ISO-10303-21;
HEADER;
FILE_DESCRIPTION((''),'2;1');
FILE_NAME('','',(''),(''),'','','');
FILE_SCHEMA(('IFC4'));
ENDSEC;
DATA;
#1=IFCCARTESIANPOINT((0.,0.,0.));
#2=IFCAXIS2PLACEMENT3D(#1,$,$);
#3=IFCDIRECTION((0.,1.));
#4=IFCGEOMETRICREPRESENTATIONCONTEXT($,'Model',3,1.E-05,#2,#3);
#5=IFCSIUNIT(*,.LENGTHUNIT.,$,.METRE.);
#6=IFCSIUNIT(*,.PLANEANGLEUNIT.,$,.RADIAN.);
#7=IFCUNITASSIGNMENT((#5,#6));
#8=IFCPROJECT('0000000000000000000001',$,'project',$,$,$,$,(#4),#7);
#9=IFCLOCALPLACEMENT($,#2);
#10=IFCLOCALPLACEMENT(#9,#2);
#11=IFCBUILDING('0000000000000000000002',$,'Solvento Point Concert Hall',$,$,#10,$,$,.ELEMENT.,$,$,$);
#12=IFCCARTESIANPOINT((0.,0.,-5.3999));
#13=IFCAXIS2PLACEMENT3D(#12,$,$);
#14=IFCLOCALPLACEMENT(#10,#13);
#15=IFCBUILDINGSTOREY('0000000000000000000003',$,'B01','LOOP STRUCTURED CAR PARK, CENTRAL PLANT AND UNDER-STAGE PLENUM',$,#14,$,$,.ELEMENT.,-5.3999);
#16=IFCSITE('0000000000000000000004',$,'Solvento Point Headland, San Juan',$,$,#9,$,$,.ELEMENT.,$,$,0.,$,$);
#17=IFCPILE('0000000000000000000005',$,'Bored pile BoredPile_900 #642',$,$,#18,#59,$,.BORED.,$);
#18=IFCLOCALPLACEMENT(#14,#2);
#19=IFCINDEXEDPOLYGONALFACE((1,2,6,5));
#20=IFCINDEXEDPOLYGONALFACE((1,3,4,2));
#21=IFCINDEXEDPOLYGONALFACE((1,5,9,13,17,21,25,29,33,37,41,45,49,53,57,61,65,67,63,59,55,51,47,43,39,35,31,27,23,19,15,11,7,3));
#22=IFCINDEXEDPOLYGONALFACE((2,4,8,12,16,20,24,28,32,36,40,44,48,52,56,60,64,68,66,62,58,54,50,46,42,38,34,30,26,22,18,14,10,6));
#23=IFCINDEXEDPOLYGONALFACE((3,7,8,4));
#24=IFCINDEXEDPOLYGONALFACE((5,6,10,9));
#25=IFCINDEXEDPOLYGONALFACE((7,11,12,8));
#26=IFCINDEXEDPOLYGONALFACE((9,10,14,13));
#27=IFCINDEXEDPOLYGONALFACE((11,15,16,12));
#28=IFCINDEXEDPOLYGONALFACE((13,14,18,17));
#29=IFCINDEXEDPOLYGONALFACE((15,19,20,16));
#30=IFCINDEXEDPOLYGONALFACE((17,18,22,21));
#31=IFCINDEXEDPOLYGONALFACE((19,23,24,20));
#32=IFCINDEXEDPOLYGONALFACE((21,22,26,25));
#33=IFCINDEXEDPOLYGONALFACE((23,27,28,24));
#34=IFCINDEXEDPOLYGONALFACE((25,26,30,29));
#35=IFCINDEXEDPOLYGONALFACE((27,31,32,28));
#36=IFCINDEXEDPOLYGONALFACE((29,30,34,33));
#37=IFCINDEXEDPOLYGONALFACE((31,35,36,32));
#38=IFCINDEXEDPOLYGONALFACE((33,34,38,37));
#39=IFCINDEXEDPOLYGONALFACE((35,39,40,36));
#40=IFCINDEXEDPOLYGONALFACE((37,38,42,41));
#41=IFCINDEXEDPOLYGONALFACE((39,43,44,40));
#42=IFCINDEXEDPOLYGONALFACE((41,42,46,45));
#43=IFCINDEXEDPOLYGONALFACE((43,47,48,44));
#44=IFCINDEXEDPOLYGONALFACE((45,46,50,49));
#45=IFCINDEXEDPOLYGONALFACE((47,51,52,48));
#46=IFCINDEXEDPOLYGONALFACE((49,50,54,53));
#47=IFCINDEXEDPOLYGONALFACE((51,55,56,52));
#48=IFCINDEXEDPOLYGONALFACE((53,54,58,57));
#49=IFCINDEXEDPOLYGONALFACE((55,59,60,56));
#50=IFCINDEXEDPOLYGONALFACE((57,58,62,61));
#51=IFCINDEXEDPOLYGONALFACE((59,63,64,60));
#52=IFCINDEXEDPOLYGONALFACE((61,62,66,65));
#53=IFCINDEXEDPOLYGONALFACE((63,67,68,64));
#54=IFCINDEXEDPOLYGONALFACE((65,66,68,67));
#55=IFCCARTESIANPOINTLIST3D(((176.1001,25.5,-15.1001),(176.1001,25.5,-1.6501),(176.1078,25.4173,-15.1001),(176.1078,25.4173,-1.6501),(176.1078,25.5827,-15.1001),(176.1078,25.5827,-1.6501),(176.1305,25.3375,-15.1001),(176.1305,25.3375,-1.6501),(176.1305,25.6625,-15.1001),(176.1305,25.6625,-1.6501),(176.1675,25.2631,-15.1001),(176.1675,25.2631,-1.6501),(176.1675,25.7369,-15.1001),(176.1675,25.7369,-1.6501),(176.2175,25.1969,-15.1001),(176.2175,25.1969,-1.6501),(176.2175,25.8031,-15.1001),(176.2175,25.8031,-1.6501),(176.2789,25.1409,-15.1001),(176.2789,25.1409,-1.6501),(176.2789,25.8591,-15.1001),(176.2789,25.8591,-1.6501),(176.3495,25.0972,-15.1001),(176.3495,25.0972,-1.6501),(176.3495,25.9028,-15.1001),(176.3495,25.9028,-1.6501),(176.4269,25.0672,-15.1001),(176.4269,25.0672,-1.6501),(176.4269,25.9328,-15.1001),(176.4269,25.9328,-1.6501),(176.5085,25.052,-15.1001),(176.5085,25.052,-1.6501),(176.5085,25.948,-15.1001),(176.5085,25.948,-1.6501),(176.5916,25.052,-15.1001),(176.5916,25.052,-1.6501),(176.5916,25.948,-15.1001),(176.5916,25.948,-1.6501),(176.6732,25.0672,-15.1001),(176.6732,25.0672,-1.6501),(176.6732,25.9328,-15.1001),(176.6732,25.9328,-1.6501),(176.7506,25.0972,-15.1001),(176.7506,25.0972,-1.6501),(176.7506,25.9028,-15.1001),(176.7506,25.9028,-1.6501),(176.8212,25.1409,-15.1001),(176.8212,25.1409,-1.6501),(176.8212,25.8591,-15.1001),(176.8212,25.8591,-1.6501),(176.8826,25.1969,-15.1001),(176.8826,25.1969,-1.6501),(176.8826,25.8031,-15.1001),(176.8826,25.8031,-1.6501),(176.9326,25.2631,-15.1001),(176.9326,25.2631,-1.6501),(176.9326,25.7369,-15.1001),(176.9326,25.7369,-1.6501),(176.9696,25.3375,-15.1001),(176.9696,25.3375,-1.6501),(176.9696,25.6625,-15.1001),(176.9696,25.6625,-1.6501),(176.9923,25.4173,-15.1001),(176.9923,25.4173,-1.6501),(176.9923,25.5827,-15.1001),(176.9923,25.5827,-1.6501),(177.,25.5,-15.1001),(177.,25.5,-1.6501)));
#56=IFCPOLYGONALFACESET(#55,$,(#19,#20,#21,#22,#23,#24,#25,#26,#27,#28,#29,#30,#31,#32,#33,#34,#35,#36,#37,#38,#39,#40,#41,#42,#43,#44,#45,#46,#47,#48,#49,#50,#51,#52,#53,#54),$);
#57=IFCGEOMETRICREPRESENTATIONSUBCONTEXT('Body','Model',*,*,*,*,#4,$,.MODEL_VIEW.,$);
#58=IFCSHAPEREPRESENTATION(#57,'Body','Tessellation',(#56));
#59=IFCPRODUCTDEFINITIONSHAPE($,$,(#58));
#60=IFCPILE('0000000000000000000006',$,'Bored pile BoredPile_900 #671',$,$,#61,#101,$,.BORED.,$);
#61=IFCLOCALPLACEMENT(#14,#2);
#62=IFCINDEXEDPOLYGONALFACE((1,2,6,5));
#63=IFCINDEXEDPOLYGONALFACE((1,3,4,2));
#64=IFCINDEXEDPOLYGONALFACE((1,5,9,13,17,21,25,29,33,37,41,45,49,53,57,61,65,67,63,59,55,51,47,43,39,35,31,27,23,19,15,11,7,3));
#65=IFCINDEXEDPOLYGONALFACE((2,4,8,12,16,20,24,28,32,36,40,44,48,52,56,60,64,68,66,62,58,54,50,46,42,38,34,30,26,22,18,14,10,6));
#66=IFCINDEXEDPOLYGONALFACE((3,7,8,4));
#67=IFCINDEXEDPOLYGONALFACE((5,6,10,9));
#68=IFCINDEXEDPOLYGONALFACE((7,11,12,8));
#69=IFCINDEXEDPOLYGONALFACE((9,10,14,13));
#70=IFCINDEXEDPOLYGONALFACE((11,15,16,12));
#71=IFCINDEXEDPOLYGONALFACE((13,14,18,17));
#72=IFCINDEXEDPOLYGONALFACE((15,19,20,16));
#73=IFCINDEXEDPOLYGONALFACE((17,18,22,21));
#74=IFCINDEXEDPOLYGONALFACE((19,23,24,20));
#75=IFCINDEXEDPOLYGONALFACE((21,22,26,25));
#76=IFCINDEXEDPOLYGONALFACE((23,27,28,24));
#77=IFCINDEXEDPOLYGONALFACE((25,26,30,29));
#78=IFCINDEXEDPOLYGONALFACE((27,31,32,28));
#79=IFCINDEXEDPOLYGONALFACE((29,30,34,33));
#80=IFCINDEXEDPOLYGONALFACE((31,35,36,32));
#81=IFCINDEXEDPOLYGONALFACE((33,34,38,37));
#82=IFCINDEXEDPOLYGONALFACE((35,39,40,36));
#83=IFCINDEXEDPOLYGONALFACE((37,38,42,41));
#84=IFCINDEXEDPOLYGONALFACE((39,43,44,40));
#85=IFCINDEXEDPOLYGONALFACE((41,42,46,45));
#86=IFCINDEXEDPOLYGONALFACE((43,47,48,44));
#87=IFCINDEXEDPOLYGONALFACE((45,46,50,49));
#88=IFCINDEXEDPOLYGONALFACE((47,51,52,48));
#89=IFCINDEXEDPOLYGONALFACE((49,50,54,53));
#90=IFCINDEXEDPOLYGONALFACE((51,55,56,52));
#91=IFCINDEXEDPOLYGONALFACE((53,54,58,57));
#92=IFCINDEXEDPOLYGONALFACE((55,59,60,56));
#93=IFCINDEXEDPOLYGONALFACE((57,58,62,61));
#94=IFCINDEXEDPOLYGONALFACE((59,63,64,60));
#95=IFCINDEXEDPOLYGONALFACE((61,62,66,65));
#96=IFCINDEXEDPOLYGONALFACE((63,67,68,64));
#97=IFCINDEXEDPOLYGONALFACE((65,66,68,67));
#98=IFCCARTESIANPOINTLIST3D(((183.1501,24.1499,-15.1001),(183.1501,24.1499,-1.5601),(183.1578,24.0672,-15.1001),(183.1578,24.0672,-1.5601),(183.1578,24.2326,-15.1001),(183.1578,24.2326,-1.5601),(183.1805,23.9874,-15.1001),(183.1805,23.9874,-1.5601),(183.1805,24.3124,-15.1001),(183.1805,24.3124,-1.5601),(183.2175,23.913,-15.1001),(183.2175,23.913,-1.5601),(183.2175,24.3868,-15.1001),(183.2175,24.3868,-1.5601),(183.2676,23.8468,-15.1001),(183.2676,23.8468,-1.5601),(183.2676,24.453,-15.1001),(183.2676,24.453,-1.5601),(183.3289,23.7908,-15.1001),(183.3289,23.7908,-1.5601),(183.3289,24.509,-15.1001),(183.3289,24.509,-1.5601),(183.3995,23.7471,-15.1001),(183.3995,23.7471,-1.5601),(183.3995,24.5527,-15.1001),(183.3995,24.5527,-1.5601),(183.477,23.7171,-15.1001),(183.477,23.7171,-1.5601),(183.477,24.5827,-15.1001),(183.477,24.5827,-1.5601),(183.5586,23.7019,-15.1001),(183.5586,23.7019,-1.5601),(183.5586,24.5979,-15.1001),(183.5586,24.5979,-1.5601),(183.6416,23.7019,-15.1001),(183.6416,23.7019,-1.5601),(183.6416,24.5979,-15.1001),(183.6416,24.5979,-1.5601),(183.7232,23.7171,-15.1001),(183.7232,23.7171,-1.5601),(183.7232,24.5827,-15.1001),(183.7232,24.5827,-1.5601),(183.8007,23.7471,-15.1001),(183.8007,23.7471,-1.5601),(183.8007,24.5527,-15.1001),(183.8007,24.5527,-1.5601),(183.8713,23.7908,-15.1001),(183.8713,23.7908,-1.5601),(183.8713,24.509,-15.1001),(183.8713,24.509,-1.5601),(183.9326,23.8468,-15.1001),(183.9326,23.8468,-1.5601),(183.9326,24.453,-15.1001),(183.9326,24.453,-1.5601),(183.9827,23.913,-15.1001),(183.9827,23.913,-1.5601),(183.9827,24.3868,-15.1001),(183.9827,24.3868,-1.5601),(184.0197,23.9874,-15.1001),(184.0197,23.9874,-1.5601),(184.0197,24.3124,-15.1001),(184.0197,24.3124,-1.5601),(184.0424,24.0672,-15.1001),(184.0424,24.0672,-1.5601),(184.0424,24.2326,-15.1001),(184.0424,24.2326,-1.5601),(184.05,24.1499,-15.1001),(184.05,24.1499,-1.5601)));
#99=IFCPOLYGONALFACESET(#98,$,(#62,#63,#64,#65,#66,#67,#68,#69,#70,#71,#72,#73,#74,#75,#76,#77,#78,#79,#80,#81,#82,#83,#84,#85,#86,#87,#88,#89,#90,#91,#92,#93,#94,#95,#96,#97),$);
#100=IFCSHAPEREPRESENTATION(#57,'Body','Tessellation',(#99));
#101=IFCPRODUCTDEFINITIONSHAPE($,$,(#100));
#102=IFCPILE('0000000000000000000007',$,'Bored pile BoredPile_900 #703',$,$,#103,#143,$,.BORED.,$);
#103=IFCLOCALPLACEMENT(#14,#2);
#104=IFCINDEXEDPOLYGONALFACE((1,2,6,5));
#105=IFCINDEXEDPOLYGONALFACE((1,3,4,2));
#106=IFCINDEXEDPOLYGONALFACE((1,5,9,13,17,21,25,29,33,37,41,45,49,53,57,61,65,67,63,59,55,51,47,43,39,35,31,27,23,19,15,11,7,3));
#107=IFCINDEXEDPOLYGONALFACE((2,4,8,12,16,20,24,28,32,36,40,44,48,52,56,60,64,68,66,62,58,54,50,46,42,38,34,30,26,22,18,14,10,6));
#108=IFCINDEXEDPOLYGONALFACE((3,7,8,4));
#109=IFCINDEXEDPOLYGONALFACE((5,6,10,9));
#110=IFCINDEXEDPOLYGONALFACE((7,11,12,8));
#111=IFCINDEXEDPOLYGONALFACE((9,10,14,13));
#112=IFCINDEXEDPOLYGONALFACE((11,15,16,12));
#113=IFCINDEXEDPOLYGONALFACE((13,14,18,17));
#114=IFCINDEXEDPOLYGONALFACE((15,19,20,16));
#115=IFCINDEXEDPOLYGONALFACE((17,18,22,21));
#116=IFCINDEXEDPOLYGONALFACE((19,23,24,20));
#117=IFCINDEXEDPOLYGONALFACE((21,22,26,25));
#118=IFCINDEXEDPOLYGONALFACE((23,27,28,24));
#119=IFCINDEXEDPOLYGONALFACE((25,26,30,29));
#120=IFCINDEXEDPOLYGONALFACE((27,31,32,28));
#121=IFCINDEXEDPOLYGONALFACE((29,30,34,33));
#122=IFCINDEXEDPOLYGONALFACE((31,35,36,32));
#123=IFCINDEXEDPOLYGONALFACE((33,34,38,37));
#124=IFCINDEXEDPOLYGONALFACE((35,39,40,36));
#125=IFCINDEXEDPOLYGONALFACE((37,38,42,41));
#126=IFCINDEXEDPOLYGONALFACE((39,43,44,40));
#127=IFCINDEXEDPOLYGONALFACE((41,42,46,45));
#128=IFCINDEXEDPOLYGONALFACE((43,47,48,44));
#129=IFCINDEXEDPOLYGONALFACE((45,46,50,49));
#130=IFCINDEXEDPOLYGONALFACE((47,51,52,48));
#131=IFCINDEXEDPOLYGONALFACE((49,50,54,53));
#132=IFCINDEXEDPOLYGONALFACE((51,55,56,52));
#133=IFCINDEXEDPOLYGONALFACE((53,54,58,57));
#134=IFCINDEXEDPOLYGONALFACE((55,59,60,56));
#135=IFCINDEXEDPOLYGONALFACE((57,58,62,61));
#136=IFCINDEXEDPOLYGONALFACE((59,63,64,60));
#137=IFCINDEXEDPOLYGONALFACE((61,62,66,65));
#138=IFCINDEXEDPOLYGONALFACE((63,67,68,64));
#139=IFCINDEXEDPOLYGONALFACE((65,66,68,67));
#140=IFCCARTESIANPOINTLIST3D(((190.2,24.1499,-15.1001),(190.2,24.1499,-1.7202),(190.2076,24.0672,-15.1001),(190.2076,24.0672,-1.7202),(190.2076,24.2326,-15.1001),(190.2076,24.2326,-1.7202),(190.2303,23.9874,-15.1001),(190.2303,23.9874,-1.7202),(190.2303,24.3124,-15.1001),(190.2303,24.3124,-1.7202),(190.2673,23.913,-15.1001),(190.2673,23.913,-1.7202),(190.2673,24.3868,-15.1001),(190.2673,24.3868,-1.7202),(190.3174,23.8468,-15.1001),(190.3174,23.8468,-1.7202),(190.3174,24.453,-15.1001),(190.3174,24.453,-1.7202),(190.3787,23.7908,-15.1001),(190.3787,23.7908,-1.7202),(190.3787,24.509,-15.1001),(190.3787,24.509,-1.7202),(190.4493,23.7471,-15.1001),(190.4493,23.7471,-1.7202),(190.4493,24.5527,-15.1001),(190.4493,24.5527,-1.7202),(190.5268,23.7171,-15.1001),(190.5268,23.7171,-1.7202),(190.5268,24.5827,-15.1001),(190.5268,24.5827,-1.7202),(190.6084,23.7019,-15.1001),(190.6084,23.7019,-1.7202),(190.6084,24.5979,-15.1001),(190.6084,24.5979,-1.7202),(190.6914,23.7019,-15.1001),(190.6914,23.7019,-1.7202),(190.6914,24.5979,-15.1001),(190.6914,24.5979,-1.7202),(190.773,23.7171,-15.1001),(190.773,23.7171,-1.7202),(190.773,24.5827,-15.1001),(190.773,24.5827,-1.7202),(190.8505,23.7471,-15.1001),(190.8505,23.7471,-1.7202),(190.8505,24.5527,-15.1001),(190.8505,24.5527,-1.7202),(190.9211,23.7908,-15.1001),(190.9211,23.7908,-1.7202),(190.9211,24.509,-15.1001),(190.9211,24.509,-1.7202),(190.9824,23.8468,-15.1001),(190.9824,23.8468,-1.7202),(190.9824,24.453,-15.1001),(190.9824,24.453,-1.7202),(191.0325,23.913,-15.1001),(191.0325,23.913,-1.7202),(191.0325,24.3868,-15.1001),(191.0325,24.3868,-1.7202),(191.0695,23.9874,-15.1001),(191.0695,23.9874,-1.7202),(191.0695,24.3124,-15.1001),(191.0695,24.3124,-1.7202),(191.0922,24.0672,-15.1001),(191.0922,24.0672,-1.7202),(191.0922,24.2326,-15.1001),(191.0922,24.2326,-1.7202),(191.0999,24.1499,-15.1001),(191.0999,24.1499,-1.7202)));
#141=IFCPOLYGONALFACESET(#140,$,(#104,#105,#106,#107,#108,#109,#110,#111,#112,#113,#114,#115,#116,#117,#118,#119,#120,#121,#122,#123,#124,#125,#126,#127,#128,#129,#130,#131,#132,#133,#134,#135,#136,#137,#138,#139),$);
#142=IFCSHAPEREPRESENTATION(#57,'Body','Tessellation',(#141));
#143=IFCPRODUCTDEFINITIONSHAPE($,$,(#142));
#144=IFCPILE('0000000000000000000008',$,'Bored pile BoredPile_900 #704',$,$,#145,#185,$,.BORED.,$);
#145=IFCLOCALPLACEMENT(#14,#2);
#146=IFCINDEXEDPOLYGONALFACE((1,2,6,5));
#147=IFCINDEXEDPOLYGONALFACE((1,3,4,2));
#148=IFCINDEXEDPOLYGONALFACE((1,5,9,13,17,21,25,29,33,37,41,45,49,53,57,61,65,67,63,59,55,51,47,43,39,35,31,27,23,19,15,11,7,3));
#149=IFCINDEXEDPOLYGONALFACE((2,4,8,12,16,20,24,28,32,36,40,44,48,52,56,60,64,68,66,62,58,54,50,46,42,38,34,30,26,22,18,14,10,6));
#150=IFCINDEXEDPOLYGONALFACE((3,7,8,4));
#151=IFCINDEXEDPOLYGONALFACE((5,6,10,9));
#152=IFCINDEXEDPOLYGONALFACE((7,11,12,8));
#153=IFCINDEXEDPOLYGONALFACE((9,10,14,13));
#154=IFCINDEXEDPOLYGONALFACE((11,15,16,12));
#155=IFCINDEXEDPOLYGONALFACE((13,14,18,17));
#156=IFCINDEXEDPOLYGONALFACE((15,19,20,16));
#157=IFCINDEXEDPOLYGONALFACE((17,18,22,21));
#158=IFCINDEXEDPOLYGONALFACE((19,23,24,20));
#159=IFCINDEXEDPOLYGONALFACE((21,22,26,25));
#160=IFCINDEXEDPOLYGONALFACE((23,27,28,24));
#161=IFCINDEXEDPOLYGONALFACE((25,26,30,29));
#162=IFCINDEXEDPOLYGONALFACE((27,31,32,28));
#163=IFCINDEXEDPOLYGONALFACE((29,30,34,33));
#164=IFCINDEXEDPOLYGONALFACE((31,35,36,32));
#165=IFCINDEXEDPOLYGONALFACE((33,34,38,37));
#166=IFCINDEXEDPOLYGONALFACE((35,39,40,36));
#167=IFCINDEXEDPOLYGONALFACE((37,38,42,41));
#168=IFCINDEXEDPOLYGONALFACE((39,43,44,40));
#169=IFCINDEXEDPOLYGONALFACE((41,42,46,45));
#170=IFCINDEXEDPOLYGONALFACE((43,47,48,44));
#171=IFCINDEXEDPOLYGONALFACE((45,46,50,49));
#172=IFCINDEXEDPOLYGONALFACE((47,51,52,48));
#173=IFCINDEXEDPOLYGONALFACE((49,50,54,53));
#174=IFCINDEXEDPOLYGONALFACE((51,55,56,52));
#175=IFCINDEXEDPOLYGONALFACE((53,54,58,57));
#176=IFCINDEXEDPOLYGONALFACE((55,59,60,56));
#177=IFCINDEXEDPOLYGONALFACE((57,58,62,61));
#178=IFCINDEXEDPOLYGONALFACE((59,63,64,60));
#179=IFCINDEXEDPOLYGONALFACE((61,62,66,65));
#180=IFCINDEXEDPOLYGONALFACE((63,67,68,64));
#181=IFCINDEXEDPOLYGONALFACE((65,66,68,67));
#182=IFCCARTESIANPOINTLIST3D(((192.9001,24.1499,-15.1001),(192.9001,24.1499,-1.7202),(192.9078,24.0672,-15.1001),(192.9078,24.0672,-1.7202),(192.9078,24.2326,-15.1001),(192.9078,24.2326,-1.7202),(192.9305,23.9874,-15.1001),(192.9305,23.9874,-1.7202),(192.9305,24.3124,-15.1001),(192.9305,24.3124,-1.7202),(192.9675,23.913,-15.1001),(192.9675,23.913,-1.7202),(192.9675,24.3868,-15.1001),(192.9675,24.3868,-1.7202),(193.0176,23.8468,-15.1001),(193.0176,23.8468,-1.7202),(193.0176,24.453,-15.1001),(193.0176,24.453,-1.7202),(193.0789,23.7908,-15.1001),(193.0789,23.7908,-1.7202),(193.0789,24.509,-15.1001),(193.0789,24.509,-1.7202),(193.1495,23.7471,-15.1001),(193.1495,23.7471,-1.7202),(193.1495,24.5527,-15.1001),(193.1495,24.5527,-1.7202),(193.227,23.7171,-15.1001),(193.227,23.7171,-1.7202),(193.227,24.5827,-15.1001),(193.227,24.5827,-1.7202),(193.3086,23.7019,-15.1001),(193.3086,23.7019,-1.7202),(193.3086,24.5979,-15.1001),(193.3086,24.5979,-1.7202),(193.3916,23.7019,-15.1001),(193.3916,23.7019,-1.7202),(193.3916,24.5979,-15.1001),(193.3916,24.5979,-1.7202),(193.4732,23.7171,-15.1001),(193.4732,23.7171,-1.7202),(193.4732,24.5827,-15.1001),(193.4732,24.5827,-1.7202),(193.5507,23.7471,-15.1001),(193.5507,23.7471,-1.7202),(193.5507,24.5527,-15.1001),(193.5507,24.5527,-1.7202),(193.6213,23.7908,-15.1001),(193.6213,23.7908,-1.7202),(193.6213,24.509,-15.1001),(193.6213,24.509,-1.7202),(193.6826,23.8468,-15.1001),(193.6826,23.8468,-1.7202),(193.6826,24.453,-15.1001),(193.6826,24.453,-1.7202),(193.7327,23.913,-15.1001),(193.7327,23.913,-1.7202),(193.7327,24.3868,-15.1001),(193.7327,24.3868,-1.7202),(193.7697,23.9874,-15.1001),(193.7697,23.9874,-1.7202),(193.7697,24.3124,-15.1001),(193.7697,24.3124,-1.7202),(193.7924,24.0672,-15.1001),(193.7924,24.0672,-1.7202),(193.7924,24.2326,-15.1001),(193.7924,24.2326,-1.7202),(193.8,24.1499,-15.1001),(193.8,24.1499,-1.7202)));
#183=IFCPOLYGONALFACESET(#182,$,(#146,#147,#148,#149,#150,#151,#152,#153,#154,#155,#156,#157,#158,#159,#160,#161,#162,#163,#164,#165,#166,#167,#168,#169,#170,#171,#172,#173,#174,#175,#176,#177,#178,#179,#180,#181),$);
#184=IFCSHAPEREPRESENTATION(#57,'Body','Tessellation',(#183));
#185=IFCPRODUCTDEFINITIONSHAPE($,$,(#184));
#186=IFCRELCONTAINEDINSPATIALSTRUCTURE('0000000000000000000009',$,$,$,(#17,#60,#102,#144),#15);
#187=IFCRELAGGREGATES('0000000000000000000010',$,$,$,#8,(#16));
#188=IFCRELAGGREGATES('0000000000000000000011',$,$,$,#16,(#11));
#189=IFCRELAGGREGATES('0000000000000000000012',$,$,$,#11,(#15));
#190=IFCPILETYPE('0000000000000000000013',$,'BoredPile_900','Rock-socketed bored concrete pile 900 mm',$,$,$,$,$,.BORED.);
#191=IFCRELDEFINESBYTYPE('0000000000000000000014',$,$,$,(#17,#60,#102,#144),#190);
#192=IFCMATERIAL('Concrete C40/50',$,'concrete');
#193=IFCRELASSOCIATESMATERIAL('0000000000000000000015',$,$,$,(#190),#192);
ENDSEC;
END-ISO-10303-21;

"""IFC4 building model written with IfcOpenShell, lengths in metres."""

from ifc_helpers import new_model, si_unit, direction, frame, origin, origin_2d, place, context, subcontext, project, spatial, circle, extrude, material, material_profile, profile_set, type_object, element, save


model = new_model("IFC4")

# Units and contexts
model_context = context("Model", 3, precision=1e-05, world=origin(), true_north=direction((0.0, 1.0)))
body_context = subcontext(model_context, "Body", "Model", "MODEL_VIEW")
ifc_project = project(units=[si_unit("LENGTHUNIT", "METRE"), si_unit("PLANEANGLEUNIT", "RADIAN")], contexts=[model_context])

# Site, building, storey
site_placement = place(None, origin())
site = spatial("IfcSite", under=ifc_project, at=site_placement, Name="Solvento Point Headland, San Juan", CompositionType="ELEMENT", RefElevation=0.0)
building_placement = place(site_placement, origin())
building = spatial("IfcBuilding", under=site, at=building_placement, Name="Solvento Point Concert Hall", CompositionType="ELEMENT")
storey_placement = place(building_placement, frame((0.0, 0.0, -5.3999)))
storey = spatial("IfcBuildingStorey", under=building, at=storey_placement, Name="B01", Description="LOOP STRUCTURED CAR PARK, CENTRAL PLANT AND UNDER-STAGE PLENUM", CompositionType="ELEMENT", Elevation=-5.3999)

# Piles
ifc_material_1 = material(Name="Concrete C40/50", Category="concrete")
ifc_material_profile_1 = material_profile(ifc_material_1, circle(Radius=0.45, at=origin_2d()), Name="BP-900")
ifc_profile_set_1 = profile_set([ifc_material_profile_1], Name="Concrete C40/50")
pile_type_1 = type_object("IfcPileType", Name="BoredPile_900", Description="Rock-socketed bored concrete pile 900 mm", PredefinedType="BORED", material=ifc_profile_set_1)
for number, where, z_axis, x_axis, name in (
    (1, (176.55, 25.5, -1.6501), (0.0, 0.0, -1.0), (1.0, 0.0, 0.0), "Bored pile BoredPile_900 #642"),
):
    element("IfcPile", number, at=place(storey_placement, frame(where, z_axis=z_axis, x_axis=x_axis)), inside=storey, type_object=pile_type_1, Name=name, PredefinedType="BORED", context=body_context, shape_type="SweptSolid", body=[
        extrude(circle(Radius=0.45, at=origin_2d()), origin(), (0.0, 0.0, 1.0), 13.45),
    ])
pile_1_placement = place(storey_placement, frame((183.6001, 24.1499, -1.5601), z_axis=(0.0, 0.0, -1.0), x_axis=(1.0, 0.0, 0.0)))
element("IfcPile", 2, at=pile_1_placement, inside=storey, type_object=pile_type_1, Name="Bored pile BoredPile_900 #671", PredefinedType="BORED", context=body_context, shape_type="SweptSolid", body=[
    extrude(circle(Radius=0.45, at=origin_2d()), origin(), (0.0, 0.0, 1.0), 13.54),
])
for number, where, z_axis, x_axis, name in (
    (3, (190.6499, 24.1499, -1.7202), (0.0, 0.0, -1.0), (1.0, 0.0, 0.0), "Bored pile BoredPile_900 #703"),
    (4, (193.3501, 24.1499, -1.7202), (0.0, 0.0, -1.0), (1.0, 0.0, 0.0), "Bored pile BoredPile_900 #704"),
):
    element("IfcPile", number, at=place(storey_placement, frame(where, z_axis=z_axis, x_axis=x_axis)), inside=storey, type_object=pile_type_1, Name=name, PredefinedType="BORED", context=body_context, shape_type="SweptSolid", body=[
        extrude(circle(Radius=0.45, at=origin_2d()), origin(), (0.0, 0.0, 1.0), 13.3799),
    ])

save(model, "model.ifc")
